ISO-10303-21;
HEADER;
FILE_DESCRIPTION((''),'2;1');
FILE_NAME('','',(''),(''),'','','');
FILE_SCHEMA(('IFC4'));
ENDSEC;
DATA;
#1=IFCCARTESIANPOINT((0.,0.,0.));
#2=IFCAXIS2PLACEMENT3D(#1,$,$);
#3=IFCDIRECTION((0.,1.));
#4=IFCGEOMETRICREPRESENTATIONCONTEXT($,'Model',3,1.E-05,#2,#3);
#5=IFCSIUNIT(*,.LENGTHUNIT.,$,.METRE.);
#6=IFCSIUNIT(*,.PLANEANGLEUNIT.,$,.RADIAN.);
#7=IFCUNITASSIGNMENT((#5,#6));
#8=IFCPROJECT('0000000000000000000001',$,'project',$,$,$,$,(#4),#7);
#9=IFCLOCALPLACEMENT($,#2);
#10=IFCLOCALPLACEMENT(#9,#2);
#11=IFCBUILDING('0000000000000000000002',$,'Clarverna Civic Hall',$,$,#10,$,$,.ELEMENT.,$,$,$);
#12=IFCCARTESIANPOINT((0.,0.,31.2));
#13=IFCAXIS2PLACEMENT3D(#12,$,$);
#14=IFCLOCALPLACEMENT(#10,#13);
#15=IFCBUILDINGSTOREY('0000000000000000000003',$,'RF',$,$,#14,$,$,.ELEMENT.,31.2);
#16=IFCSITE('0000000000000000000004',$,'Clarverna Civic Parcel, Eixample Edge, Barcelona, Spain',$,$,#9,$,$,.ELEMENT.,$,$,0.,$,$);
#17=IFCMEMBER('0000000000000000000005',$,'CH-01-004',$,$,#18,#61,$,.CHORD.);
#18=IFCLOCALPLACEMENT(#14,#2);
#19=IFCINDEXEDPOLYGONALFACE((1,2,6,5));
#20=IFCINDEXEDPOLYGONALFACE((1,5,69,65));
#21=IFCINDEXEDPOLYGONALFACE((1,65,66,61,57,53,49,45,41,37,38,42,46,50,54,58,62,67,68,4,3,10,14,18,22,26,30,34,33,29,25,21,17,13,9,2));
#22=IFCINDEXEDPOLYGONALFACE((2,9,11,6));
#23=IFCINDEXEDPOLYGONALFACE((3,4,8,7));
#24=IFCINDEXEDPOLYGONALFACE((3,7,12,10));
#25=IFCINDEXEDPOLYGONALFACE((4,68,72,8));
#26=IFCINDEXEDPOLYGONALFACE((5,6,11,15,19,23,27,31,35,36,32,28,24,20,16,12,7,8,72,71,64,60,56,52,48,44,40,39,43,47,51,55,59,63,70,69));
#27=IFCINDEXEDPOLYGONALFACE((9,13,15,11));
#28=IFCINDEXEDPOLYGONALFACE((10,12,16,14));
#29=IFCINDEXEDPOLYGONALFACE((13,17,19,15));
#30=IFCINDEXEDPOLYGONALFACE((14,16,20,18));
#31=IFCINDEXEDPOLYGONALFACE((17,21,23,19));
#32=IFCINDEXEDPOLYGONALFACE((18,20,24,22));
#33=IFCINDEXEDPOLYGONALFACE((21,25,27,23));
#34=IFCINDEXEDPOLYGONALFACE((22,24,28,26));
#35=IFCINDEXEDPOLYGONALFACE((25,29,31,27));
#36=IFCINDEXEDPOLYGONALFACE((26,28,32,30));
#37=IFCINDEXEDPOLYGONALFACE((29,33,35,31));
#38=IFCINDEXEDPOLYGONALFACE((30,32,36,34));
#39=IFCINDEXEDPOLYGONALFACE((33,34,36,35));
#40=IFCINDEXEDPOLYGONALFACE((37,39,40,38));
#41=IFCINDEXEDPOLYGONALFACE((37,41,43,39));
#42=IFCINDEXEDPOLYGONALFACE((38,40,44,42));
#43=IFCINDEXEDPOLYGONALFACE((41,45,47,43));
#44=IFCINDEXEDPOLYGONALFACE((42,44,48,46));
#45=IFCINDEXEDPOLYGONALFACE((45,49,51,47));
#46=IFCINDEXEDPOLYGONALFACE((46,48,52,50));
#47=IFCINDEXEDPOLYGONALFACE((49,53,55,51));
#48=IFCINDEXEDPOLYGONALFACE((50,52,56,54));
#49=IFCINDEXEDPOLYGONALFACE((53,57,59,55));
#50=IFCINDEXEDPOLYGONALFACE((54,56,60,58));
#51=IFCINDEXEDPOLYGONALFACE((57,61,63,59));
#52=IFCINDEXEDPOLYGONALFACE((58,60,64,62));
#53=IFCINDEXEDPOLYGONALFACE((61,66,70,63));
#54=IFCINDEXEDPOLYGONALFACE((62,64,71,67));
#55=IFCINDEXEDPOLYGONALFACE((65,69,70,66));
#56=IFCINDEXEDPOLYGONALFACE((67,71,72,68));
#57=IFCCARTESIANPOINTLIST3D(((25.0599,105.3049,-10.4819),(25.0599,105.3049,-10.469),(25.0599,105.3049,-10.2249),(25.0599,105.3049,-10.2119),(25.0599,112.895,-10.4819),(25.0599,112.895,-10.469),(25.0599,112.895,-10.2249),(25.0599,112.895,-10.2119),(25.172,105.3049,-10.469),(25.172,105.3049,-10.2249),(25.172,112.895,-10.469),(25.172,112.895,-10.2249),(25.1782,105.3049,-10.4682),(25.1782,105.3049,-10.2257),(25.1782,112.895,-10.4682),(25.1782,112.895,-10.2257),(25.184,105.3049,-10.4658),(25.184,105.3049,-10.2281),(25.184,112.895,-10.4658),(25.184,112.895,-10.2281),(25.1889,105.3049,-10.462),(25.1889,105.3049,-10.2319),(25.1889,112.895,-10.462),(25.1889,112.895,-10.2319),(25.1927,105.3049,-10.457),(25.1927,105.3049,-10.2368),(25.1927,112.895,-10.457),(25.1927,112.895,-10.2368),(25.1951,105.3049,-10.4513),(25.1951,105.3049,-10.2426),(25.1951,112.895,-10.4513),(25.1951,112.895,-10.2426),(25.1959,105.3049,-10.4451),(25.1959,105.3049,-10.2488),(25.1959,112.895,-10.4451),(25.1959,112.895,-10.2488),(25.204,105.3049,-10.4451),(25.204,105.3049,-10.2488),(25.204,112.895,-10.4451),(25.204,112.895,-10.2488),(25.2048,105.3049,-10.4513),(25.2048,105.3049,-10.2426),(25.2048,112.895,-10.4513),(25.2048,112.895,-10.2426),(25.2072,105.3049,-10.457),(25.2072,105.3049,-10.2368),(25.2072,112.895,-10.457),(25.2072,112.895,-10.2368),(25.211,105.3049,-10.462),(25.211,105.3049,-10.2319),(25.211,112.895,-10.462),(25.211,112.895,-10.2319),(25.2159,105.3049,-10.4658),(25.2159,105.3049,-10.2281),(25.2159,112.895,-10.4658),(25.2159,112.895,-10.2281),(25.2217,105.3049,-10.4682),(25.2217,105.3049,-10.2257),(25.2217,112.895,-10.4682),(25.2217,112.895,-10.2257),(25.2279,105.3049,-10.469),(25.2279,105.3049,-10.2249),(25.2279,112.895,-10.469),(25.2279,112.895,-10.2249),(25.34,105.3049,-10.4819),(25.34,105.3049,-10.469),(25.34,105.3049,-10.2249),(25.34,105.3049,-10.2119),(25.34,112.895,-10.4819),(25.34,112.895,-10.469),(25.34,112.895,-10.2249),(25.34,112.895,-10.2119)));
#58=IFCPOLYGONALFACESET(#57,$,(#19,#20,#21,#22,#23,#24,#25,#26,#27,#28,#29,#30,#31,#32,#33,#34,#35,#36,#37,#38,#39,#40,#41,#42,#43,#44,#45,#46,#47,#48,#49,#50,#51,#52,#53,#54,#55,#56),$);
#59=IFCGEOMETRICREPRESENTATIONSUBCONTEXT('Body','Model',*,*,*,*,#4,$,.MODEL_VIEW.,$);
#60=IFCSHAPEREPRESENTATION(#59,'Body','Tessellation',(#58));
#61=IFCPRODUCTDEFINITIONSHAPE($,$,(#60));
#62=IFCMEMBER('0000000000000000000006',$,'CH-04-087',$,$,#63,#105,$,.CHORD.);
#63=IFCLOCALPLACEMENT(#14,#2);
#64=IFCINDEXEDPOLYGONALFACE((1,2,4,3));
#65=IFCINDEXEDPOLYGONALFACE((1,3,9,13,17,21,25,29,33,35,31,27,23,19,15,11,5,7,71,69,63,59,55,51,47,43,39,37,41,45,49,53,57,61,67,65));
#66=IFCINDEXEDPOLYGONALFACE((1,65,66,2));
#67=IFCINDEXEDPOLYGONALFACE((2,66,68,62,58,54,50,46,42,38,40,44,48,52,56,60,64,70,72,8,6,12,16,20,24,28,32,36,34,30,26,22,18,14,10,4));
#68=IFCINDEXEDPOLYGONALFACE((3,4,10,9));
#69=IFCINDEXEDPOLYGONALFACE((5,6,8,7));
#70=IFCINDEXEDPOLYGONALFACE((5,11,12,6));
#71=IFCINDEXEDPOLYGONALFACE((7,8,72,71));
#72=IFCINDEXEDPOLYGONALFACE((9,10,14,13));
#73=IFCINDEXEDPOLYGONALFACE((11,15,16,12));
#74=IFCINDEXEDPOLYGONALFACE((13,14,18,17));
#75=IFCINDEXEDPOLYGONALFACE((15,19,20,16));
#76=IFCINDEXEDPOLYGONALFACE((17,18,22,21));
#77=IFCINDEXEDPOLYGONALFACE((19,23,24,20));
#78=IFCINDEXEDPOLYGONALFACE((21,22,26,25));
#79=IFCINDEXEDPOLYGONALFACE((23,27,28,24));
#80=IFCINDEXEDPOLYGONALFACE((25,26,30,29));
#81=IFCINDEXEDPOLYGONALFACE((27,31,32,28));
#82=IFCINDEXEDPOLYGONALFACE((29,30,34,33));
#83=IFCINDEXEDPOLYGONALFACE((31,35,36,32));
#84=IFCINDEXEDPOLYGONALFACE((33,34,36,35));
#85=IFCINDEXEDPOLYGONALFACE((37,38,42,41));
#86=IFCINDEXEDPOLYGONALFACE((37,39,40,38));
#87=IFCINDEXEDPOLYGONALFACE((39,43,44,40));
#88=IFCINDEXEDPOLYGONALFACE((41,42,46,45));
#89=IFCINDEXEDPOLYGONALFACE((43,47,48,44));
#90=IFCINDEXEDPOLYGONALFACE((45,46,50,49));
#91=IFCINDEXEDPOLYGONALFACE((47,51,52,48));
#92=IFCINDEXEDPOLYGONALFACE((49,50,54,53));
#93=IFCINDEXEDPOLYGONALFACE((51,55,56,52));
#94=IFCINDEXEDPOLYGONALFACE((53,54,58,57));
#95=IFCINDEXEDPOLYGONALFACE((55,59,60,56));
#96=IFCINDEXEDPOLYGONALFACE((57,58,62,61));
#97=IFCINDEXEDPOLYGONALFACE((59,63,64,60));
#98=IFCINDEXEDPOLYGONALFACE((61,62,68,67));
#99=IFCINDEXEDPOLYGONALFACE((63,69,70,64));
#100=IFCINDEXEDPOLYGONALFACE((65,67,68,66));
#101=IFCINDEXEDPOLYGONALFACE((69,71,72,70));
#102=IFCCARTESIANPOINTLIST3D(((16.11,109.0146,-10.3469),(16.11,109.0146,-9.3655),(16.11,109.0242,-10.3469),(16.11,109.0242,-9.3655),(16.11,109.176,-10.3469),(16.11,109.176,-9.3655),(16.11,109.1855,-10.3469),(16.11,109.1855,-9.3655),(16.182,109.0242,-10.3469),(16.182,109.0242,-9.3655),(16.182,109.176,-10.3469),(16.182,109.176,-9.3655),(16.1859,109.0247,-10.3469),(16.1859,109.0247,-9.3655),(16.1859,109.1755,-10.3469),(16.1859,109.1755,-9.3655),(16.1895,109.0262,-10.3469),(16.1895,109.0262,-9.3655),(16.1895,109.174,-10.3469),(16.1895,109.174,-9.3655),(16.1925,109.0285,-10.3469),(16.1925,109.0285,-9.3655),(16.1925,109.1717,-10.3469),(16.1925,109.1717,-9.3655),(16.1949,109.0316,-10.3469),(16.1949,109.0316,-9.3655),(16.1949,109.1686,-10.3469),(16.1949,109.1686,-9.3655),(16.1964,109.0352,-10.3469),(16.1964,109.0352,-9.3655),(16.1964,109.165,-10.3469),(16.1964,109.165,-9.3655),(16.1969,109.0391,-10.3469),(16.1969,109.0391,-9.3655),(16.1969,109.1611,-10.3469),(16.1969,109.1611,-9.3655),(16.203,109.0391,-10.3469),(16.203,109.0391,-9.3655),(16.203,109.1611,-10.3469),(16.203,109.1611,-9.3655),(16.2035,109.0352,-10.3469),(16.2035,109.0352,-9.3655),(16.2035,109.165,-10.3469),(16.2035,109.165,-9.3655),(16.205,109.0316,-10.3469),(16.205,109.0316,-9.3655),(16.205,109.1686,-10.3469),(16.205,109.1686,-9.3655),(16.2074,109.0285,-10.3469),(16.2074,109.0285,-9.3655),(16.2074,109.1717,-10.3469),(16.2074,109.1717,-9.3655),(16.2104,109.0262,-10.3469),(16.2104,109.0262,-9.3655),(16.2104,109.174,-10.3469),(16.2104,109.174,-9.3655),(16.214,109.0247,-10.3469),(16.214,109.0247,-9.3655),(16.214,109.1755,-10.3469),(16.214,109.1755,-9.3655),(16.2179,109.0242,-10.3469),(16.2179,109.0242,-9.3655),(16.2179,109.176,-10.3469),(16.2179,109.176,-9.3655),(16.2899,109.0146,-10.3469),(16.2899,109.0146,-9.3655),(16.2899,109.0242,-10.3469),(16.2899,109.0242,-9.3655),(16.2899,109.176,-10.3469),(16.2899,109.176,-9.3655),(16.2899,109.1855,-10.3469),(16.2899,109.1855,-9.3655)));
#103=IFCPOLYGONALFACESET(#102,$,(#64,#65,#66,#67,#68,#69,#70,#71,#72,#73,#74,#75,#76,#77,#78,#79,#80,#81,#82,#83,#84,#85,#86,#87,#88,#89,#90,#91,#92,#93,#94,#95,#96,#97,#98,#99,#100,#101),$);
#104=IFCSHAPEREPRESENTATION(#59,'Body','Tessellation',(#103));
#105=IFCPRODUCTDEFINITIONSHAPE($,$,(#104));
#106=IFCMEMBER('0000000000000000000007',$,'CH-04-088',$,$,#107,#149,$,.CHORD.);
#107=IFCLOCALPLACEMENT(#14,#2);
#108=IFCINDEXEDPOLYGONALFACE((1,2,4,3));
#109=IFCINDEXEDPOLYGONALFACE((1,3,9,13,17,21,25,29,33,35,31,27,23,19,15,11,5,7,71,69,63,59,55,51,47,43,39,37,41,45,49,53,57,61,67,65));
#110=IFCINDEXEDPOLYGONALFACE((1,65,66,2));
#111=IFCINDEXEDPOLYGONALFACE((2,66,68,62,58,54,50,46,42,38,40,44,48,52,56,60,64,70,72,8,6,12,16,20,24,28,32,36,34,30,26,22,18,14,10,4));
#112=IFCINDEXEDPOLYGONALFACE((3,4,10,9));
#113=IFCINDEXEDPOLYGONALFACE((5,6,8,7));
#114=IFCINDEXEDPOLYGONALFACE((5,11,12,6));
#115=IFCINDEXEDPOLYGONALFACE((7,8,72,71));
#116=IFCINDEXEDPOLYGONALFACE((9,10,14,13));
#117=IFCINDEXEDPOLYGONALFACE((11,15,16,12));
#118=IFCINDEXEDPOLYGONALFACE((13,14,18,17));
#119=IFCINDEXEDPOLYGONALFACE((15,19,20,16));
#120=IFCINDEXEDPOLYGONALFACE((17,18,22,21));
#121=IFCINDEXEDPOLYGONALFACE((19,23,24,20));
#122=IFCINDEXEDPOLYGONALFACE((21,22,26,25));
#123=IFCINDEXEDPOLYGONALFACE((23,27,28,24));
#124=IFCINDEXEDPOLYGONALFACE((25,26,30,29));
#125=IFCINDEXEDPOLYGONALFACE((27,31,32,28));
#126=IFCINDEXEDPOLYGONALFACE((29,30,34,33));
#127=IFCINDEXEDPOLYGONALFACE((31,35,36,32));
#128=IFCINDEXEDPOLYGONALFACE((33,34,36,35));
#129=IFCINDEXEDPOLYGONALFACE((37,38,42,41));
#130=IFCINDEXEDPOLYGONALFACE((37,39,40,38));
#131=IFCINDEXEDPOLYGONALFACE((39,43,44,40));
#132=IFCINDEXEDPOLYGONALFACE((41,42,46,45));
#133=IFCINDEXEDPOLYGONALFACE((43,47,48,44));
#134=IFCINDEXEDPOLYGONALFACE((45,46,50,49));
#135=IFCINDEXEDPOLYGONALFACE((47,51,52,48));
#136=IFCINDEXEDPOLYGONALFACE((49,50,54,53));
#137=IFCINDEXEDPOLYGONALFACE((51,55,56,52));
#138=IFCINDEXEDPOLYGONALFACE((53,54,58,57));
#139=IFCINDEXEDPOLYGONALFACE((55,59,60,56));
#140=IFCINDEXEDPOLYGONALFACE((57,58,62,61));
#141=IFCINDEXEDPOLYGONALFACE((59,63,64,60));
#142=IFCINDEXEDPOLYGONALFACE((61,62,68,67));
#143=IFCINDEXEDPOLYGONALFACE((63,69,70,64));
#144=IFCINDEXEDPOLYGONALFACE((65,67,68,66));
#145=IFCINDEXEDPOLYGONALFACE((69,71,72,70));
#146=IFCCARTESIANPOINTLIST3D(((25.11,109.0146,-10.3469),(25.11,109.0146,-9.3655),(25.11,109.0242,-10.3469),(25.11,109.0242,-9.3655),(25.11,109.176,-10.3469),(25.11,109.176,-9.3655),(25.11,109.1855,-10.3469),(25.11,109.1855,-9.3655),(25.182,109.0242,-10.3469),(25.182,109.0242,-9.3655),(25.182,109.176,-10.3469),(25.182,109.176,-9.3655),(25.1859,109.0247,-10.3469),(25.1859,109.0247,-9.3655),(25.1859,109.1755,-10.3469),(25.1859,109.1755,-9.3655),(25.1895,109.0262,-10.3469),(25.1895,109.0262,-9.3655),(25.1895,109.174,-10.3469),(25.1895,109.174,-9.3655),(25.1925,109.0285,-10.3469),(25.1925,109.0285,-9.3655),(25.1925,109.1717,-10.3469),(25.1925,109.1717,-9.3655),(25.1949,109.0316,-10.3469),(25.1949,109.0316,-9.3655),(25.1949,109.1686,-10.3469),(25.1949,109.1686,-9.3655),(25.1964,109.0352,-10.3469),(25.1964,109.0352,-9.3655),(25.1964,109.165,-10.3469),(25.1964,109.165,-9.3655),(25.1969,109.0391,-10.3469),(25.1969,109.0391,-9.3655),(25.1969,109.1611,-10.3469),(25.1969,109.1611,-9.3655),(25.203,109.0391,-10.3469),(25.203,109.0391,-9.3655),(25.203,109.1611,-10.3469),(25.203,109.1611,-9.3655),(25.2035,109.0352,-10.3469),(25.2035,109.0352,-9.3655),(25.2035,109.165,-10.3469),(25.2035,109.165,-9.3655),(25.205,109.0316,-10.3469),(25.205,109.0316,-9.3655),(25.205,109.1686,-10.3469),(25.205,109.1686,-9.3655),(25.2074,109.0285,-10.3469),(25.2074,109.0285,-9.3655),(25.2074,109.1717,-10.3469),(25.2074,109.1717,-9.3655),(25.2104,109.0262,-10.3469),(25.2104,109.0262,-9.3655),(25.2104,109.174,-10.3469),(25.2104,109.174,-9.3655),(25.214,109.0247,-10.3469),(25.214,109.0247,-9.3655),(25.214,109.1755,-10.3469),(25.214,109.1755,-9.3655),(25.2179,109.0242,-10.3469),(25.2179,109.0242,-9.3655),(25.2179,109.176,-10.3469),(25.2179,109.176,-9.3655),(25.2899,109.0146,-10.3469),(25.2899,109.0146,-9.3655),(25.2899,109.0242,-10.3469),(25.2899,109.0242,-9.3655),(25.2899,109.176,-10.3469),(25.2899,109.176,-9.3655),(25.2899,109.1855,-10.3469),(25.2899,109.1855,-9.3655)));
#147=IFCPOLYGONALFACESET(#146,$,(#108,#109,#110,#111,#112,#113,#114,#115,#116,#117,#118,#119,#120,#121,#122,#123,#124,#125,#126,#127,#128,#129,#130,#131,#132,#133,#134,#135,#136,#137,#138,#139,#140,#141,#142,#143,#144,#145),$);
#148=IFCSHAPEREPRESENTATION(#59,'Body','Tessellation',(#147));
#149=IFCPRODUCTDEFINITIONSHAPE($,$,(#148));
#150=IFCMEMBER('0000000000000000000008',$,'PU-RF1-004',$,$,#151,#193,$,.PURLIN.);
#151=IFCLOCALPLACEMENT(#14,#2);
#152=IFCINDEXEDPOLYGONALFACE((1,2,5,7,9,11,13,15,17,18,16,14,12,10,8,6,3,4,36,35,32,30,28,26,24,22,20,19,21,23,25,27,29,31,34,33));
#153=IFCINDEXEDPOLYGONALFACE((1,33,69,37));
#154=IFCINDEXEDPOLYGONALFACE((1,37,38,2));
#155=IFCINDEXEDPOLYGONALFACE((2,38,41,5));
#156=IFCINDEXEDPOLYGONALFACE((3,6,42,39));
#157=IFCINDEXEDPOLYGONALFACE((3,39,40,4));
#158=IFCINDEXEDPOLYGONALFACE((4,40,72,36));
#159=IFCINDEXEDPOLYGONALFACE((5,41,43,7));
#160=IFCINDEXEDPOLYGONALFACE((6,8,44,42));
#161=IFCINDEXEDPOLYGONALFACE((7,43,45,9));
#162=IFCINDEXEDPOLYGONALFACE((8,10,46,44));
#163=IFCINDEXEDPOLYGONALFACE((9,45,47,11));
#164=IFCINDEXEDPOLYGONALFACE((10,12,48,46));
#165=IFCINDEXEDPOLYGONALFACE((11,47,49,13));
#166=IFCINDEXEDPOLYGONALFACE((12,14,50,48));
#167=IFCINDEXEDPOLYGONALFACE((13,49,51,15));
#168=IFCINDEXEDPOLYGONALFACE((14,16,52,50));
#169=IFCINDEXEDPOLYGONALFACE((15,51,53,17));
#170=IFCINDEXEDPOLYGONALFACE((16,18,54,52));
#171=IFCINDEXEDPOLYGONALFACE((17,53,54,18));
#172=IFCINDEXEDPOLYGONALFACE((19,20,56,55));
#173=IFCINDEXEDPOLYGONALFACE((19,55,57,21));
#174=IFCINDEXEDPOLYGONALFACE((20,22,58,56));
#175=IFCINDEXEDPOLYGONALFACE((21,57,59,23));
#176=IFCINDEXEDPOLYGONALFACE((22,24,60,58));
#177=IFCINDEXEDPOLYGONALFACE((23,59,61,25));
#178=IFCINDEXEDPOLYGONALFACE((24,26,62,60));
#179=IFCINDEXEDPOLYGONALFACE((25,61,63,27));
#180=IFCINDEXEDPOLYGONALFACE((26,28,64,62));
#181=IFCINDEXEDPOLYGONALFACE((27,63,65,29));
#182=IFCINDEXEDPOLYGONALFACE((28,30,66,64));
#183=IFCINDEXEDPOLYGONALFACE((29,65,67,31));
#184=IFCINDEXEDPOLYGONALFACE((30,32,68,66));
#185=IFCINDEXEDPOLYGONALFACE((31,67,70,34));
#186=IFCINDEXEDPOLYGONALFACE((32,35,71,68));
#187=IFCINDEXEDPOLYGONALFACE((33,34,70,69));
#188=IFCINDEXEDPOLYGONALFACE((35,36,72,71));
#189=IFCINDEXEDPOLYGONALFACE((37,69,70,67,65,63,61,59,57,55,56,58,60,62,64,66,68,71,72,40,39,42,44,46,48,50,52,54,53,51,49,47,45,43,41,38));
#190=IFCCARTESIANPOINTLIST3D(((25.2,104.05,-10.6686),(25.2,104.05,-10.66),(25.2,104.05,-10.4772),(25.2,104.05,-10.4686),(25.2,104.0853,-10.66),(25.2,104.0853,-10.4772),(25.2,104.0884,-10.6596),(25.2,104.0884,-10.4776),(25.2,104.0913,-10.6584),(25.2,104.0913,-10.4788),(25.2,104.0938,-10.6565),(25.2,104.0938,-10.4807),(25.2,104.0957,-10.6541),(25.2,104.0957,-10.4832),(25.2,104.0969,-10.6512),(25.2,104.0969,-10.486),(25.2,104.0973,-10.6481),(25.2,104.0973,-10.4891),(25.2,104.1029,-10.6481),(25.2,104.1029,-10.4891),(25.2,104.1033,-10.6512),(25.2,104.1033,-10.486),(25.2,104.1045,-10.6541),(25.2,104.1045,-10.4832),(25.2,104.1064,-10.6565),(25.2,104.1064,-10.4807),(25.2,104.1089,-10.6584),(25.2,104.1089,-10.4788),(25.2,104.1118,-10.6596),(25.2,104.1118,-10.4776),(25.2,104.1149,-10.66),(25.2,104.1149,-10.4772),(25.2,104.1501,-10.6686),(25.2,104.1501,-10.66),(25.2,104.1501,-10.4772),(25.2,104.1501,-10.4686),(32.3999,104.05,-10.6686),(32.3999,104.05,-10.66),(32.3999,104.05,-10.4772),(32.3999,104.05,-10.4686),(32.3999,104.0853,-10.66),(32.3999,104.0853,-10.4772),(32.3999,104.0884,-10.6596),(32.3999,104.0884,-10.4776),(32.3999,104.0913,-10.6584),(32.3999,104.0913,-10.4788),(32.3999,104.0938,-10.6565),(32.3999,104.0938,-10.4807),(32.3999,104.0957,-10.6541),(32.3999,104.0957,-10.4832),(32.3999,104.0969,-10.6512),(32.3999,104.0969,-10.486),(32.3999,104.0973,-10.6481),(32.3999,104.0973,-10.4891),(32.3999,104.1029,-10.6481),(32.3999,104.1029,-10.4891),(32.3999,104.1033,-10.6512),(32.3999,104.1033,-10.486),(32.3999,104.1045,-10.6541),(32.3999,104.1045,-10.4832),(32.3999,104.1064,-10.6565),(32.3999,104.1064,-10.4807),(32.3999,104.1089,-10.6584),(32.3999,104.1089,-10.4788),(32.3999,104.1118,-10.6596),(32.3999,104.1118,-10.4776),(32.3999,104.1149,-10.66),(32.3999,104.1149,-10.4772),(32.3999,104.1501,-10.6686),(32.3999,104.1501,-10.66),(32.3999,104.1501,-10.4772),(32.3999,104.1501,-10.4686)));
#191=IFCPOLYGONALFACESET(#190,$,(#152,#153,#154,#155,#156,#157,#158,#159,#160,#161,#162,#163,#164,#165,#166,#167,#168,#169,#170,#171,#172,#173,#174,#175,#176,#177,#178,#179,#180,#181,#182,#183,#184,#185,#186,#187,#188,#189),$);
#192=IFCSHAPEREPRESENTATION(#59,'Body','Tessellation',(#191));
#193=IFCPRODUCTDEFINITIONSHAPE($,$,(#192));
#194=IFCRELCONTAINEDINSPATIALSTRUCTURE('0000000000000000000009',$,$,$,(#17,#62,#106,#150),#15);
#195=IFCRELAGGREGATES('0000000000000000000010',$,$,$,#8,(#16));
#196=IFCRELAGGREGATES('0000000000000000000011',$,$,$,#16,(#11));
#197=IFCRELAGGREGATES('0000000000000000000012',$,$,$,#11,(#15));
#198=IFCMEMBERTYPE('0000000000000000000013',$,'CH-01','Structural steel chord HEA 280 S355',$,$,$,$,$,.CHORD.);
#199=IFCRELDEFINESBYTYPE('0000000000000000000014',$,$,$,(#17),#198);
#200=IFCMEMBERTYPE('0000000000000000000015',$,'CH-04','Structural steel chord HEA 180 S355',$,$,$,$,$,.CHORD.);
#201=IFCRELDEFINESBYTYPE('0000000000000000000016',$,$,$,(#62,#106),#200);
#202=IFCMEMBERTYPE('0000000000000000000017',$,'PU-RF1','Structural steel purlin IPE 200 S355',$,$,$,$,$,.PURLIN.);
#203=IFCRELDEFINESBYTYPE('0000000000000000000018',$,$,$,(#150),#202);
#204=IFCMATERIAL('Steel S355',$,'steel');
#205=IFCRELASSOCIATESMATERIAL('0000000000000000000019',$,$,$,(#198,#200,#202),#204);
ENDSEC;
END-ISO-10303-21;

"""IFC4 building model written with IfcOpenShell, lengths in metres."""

from ifc_helpers import new_model, si_unit, direction, frame, origin, origin_2d, place, context, subcontext, project, spatial, i_section, extrude, material, material_profile, profile_set, type_object, element, save


model = new_model("IFC4")

# Units and contexts
model_context = context("Model", 3, precision=1e-05, world=origin(), true_north=direction((0.0, 1.0)))
body_context = subcontext(model_context, "Body", "Model", "MODEL_VIEW")
ifc_project = project(units=[si_unit("LENGTHUNIT", "METRE"), si_unit("PLANEANGLEUNIT", "RADIAN")], contexts=[model_context])

# Site, building, storey
site_placement = place(None, origin())
site = spatial("IfcSite", under=ifc_project, at=site_placement, Name="Clarverna Civic Parcel, Eixample Edge, Barcelona, Spain", CompositionType="ELEMENT", RefElevation=0.0)
building_placement = place(site_placement, origin())
building = spatial("IfcBuilding", under=site, at=building_placement, Name="Clarverna Civic Hall", CompositionType="ELEMENT")
storey_placement = place(building_placement, frame((0.0, 0.0, 31.2)))
storey = spatial("IfcBuildingStorey", under=building, at=storey_placement, Name="RF", CompositionType="ELEMENT", Elevation=31.2)

# Members
ifc_material_1 = material(Name="Steel S355", Category="steel")
ifc_material_profile_1 = material_profile(ifc_material_1, i_section(OverallWidth=0.28, OverallDepth=0.27, WebThickness=0.0081, FlangeThickness=0.0129, FilletRadius=0.0239, at=origin_2d()), Name="HEA 280")
ifc_profile_set_1 = profile_set([ifc_material_profile_1], Name="Steel S355")
member_type_1 = type_object("IfcMemberType", Name="CH-01", Description="Structural steel chord HEA 280 S355", PredefinedType="CHORD", material=ifc_profile_set_1)
for number, where, z_axis, x_axis, name in (
    (1, (25.2, 105.3049, -10.3469), (0.0, 1.0, 0.0), (-1.0, 0.0, 0.0), "CH-01-004"),
):
    element("IfcMember", number, at=place(storey_placement, frame(where, z_axis=z_axis, x_axis=x_axis)), inside=storey, type_object=member_type_1, Name=name, PredefinedType="CHORD", context=body_context, shape_type="SweptSolid", body=[
        extrude(i_section(OverallWidth=0.28, OverallDepth=0.27, WebThickness=0.0081, FlangeThickness=0.0129, FilletRadius=0.0239, at=origin_2d()), origin(), (0.0, 0.0, 1.0), 7.5901),
    ])
ifc_material_profile_2 = material_profile(ifc_material_1, i_section(OverallWidth=0.1799, OverallDepth=0.1709, WebThickness=0.0061, FlangeThickness=0.0095, FilletRadius=0.0149, at=origin_2d()), Name="HEA 180")
ifc_profile_set_2 = profile_set([ifc_material_profile_2], Name="Steel S355")
member_type_2 = type_object("IfcMemberType", Name="CH-04", Description="Structural steel chord HEA 180 S355", PredefinedType="CHORD", material=ifc_profile_set_2)
for number, where, z_axis, x_axis, name in (
    (2, (16.2, 109.1001, -10.3469), (0.0, 0.0, 1.0), (1.0, 0.0, 0.0), "CH-04-087"),
    (3, (25.2, 109.1001, -10.3469), (0.0, 0.0, 1.0), (1.0, 0.0, 0.0), "CH-04-088"),
):
    element("IfcMember", number, at=place(storey_placement, frame(where, z_axis=z_axis, x_axis=x_axis)), inside=storey, type_object=member_type_2, Name=name, PredefinedType="CHORD", context=body_context, shape_type="SweptSolid", body=[
        extrude(i_section(OverallWidth=0.1799, OverallDepth=0.1709, WebThickness=0.0061, FlangeThickness=0.0095, FilletRadius=0.0149, at=origin_2d()), origin(), (0.0, 0.0, 1.0), 0.9814),
    ])
ifc_material_profile_3 = material_profile(ifc_material_1, i_section(OverallWidth=0.1001, OverallDepth=0.2, WebThickness=0.0056, FlangeThickness=0.0085, FilletRadius=0.012, at=origin_2d()), Name="IPE 200")
ifc_profile_set_3 = profile_set([ifc_material_profile_3], Name="Steel S355")
member_type_3 = type_object("IfcMemberType", Name="PU-RF1", Description="Structural steel purlin IPE 200 S355", PredefinedType="PURLIN", material=ifc_profile_set_3)
member_1_placement = place(storey_placement, frame((25.2, 104.1001, -10.5686), z_axis=(1.0, 0.0, 0.0), x_axis=(0.0, 1.0, 0.0)))
element("IfcMember", 4, at=member_1_placement, inside=storey, type_object=member_type_3, Name="PU-RF1-004", PredefinedType="PURLIN", context=body_context, shape_type="SweptSolid", body=[
    extrude(i_section(OverallWidth=0.1001, OverallDepth=0.2, WebThickness=0.0056, FlangeThickness=0.0085, FilletRadius=0.012, at=origin_2d()), origin(), (0.0, 0.0, 1.0), 7.2),
])

save(model, "model.ifc")
